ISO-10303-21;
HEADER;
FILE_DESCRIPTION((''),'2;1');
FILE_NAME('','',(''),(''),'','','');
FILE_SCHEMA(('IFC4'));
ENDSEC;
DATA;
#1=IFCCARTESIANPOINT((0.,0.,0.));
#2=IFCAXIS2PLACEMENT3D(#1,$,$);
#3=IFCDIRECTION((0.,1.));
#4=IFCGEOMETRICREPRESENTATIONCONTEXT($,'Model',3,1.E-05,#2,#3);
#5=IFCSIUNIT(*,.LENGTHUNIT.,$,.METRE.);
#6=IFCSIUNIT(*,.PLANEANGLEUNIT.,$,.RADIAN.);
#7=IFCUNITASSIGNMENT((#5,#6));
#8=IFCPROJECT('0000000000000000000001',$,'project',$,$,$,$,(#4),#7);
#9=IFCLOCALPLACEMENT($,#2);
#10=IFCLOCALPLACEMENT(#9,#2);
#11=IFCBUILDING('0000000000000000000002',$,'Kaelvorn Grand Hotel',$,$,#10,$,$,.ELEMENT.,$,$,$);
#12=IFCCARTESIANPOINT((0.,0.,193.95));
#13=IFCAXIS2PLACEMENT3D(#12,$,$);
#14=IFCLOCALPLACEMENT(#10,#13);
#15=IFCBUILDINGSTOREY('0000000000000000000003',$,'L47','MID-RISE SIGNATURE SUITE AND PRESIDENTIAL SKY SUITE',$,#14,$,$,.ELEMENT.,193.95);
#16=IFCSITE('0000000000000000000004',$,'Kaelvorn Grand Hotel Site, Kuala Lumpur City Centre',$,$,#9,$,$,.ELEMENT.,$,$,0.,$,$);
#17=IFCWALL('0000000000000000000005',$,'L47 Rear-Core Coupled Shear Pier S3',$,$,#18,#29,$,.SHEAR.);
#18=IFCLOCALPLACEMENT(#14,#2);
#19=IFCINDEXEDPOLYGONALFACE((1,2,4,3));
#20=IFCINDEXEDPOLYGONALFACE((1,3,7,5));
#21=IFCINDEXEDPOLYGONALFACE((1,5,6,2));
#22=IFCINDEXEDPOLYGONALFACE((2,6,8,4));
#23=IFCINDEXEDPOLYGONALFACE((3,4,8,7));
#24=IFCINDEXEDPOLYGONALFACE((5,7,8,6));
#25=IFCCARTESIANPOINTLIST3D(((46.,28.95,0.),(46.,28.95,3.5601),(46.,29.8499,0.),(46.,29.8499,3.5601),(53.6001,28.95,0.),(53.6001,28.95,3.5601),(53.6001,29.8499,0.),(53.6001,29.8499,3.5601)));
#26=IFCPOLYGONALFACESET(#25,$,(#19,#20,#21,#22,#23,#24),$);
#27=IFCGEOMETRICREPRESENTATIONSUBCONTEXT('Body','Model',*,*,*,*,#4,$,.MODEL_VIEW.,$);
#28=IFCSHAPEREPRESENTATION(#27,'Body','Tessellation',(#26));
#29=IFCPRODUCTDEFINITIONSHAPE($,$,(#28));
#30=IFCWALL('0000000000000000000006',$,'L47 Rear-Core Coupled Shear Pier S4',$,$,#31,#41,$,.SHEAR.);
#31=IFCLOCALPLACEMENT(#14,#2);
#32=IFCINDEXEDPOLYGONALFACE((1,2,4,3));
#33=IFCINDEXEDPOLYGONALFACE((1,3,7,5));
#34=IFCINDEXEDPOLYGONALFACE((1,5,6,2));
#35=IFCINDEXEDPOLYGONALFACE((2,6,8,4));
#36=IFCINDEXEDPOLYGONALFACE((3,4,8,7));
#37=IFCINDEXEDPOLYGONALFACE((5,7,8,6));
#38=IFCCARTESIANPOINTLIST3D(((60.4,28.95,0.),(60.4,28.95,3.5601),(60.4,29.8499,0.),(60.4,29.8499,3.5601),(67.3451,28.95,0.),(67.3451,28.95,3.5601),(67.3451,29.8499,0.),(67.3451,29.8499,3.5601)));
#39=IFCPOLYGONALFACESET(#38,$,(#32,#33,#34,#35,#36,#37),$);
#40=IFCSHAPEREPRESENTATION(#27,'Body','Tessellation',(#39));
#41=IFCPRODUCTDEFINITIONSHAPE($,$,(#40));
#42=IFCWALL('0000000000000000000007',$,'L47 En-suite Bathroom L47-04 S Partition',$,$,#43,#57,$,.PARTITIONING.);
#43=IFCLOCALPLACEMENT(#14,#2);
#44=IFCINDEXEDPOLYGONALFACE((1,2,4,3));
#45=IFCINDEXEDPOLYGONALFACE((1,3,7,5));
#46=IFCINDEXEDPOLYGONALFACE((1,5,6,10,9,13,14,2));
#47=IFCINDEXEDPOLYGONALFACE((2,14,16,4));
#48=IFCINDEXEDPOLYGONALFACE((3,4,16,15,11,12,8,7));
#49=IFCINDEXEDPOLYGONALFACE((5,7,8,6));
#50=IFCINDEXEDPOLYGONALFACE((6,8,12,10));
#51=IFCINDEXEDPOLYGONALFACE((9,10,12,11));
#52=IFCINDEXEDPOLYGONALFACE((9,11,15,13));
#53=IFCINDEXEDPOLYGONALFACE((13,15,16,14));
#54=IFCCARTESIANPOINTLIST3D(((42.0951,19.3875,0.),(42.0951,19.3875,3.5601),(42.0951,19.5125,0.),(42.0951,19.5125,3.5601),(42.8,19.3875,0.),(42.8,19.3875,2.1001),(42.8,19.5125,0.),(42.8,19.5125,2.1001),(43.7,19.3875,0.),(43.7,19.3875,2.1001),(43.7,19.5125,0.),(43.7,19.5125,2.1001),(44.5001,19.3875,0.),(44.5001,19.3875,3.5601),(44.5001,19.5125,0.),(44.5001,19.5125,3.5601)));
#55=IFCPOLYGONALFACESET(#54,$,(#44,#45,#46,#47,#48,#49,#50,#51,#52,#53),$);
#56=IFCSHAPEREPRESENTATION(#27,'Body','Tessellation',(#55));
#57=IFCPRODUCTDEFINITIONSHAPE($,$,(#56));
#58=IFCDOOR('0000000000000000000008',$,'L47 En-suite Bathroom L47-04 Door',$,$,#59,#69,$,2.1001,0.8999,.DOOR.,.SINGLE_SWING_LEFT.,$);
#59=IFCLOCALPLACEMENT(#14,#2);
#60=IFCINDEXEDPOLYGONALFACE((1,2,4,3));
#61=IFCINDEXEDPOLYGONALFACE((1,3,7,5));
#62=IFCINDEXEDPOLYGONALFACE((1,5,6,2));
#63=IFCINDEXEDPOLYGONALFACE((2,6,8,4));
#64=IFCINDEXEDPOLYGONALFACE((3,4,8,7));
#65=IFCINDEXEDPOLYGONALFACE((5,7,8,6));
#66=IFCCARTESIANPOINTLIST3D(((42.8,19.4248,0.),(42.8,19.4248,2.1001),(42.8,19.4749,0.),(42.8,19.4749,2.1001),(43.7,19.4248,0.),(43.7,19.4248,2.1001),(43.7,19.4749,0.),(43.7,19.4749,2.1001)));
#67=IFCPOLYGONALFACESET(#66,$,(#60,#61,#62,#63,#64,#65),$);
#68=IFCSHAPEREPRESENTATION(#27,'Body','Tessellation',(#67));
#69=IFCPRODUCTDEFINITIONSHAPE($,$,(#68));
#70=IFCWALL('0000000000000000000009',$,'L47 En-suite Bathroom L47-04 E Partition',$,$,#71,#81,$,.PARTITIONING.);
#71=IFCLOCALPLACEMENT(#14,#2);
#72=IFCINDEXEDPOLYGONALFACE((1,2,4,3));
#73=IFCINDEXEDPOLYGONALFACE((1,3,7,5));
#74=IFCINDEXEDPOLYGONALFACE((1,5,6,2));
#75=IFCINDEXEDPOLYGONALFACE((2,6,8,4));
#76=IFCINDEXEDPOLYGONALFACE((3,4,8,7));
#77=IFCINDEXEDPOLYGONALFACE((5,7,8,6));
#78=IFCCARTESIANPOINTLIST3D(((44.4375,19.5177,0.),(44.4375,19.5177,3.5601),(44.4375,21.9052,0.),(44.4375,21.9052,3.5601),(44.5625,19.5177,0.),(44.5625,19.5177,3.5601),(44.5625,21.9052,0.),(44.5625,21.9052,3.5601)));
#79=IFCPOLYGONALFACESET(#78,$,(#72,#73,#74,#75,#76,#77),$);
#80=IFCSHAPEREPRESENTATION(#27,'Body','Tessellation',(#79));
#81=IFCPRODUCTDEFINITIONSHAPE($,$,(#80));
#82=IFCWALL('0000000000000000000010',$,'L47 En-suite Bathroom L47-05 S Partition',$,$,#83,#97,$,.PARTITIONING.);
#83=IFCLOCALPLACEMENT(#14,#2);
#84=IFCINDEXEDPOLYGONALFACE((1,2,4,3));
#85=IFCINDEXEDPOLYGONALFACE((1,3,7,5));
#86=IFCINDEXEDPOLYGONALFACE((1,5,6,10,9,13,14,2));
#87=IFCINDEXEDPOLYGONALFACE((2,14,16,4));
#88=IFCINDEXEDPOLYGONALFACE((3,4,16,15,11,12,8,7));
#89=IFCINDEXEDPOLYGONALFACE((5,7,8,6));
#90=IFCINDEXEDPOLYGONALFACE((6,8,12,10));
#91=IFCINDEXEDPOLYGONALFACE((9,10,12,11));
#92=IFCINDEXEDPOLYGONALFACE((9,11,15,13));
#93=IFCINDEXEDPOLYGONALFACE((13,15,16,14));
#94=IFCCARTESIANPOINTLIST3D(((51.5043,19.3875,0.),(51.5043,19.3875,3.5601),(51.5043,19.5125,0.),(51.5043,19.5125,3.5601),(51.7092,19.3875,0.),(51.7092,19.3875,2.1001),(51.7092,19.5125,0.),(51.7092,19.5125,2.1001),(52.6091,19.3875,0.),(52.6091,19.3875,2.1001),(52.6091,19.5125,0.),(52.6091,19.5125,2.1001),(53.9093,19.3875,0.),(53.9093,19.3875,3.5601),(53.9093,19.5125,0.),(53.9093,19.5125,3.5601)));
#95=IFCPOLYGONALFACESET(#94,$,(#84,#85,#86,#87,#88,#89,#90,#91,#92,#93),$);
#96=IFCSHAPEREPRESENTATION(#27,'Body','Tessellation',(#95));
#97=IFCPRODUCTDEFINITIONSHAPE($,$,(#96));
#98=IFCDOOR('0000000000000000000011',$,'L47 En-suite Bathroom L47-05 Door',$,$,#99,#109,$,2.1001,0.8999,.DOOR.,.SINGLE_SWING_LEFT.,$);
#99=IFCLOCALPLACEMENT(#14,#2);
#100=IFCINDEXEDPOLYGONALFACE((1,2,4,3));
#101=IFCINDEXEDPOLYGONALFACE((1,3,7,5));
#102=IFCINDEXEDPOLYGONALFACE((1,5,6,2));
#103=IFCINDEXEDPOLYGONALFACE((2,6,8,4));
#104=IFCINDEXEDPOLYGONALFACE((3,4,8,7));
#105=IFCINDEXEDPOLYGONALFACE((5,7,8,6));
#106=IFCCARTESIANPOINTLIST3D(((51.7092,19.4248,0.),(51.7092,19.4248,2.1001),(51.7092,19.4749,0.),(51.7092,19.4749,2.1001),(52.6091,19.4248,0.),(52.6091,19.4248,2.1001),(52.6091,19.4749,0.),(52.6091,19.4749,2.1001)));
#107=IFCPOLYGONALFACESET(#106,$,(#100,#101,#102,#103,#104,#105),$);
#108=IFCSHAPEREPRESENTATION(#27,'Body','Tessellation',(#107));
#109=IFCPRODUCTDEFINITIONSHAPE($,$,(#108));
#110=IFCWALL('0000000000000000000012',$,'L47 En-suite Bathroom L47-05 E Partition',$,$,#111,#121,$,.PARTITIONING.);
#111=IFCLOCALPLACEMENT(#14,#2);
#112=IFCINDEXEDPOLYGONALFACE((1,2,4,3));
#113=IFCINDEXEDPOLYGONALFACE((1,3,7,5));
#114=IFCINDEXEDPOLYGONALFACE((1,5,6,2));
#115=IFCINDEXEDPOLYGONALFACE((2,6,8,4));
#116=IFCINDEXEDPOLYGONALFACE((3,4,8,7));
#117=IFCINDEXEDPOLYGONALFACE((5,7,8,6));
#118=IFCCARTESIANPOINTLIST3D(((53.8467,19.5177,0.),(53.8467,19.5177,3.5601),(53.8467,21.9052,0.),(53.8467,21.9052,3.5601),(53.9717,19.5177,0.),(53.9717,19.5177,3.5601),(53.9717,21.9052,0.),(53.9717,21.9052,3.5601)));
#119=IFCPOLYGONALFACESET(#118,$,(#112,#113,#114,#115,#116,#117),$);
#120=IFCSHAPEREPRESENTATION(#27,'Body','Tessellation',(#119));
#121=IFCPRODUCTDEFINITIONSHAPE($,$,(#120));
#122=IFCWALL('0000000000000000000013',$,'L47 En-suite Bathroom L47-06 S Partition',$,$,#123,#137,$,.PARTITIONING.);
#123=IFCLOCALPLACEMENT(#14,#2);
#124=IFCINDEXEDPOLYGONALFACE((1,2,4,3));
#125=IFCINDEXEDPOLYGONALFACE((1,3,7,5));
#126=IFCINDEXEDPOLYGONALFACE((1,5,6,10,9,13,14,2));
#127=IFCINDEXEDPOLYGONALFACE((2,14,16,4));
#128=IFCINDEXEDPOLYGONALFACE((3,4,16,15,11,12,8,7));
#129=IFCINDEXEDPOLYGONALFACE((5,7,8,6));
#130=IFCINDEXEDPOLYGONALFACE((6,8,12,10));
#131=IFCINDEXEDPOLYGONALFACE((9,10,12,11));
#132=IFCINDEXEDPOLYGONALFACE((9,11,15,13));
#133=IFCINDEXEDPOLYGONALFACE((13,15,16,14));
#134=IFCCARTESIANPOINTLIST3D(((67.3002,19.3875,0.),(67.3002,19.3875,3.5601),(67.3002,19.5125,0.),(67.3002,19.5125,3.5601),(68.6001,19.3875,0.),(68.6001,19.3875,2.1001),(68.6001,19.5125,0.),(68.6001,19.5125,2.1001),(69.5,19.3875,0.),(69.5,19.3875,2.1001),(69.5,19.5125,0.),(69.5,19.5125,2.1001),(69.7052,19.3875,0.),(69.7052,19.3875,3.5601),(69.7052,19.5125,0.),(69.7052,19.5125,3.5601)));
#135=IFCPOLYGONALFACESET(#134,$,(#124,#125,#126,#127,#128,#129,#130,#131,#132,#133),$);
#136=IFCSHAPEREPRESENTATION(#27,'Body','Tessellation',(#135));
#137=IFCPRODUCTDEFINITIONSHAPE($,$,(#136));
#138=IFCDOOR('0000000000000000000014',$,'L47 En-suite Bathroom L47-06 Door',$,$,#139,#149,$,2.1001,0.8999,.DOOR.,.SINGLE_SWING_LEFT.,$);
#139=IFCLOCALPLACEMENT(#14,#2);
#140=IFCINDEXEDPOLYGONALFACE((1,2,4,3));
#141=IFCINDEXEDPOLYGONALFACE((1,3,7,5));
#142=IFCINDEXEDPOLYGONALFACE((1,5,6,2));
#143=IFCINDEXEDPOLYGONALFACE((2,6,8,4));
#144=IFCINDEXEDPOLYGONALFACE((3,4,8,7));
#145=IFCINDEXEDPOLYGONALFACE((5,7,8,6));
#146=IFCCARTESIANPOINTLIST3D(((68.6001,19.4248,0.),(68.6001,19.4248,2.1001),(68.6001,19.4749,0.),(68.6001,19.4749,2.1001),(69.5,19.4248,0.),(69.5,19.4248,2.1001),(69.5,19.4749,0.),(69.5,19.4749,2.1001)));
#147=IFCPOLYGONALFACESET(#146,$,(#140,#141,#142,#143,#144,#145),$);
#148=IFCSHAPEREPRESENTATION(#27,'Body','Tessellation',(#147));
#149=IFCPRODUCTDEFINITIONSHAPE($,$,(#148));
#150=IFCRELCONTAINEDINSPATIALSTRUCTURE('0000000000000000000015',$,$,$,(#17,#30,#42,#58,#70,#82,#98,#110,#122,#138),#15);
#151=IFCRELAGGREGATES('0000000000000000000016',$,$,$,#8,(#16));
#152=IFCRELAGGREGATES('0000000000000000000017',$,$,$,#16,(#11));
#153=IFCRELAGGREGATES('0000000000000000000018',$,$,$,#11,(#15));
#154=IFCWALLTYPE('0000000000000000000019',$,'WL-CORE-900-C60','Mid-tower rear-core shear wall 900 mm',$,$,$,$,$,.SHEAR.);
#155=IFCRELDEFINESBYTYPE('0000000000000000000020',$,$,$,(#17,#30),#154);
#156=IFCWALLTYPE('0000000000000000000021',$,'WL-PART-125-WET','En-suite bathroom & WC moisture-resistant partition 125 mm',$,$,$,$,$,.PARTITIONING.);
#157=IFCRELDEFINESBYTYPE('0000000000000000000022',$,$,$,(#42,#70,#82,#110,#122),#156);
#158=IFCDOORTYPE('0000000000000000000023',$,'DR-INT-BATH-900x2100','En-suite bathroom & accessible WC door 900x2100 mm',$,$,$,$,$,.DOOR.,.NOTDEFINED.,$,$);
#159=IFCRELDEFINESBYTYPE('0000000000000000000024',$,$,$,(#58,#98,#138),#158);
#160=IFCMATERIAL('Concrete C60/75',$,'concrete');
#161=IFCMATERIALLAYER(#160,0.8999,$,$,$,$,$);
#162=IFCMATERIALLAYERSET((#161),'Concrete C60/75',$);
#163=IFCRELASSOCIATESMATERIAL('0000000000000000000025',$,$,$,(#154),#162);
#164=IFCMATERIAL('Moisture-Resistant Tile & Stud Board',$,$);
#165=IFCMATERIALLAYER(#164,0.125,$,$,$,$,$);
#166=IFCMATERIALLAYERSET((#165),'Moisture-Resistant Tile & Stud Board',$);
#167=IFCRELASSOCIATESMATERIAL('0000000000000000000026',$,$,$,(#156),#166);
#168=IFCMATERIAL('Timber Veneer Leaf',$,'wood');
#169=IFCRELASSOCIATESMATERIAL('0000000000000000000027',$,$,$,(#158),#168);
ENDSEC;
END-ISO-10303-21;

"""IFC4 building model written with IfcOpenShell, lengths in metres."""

from ifc_helpers import new_model, si_unit, direction, frame, frame_2d, origin, place, context, subcontext, project, spatial, rectangle, extrude, material, layer, layer_set, type_object, element, fill, save


model = new_model("IFC4")

# Units and contexts
model_context = context("Model", 3, precision=1e-05, world=origin(), true_north=direction((0.0, 1.0)))
body_context = subcontext(model_context, "Body", "Model", "MODEL_VIEW")
ifc_project = project(units=[si_unit("LENGTHUNIT", "METRE"), si_unit("PLANEANGLEUNIT", "RADIAN")], contexts=[model_context])

# Site, building, storey
site_placement = place(None, origin())
site = spatial("IfcSite", under=ifc_project, at=site_placement, Name="Kaelvorn Grand Hotel Site, Kuala Lumpur City Centre", CompositionType="ELEMENT", RefElevation=0.0)
building_placement = place(site_placement, origin())
building = spatial("IfcBuilding", under=site, at=building_placement, Name="Kaelvorn Grand Hotel", CompositionType="ELEMENT")
storey_placement = place(building_placement, frame((0.0, 0.0, 193.95)))
storey = spatial("IfcBuildingStorey", under=building, at=storey_placement, Name="L47", Description="MID-RISE SIGNATURE SUITE AND PRESIDENTIAL SKY SUITE", CompositionType="ELEMENT", Elevation=193.95)

# Shared definitions
ifc_material_1 = material(Name="Concrete C60/75", Category="concrete")

# Walls
ifc_layer_1 = layer(ifc_material_1, 0.8999)
ifc_layer_set_1 = layer_set([ifc_layer_1], Name="Concrete C60/75")
wall_type_1 = type_object("IfcWallType", Name="WL-CORE-900-C60", Description="Mid-tower rear-core shear wall 900 mm", PredefinedType="SHEAR", material=ifc_layer_set_1)
wall_1_placement = place(storey_placement, frame((46.0, 29.3999, 0.0), z_axis=(0.0, 0.0, 1.0), x_axis=(1.0, 0.0, 0.0)))
element("IfcWall", 1, at=wall_1_placement, inside=storey, type_object=wall_type_1, Name="L47 Rear-Core Coupled Shear Pier S3", PredefinedType="SHEAR", context=body_context, shape_type="SweptSolid", body=[
    extrude(rectangle(XDim=7.6001, YDim=0.8999, at=frame_2d((3.8, 0.0))), origin(), (0.0, 0.0, 1.0), 3.5601),
])
wall_2_placement = place(storey_placement, frame((60.3999, 29.3999, 0.0), z_axis=(0.0, 0.0, 1.0), x_axis=(1.0, 0.0, 0.0)))
element("IfcWall", 2, at=wall_2_placement, inside=storey, type_object=wall_type_1, Name="L47 Rear-Core Coupled Shear Pier S4", PredefinedType="SHEAR", context=body_context, shape_type="SweptSolid", body=[
    extrude(rectangle(XDim=6.9451, YDim=0.8999, at=frame_2d((3.4727, 0.0))), origin(), (0.0, 0.0, 1.0), 3.5601),
])

# Wall, opening, door
ifc_material_2 = material(Name="Moisture-Resistant Tile & Stud Board")
ifc_layer_2 = layer(ifc_material_2, 0.125)
ifc_layer_set_2 = layer_set([ifc_layer_2], Name="Moisture-Resistant Tile & Stud Board")
wall_type_2 = type_object("IfcWallType", Name="WL-PART-125-WET", Description="En-suite bathroom & WC moisture-resistant partition 125 mm", PredefinedType="PARTITIONING", material=ifc_layer_set_2)
wall_3_placement = place(storey_placement, frame((42.095, 19.45, 0.0), z_axis=(0.0, 0.0, 1.0), x_axis=(1.0, 0.0, 0.0)))
wall_3 = element("IfcWall", 3, at=wall_3_placement, inside=storey, type_object=wall_type_2, Name="L47 En-suite Bathroom L47-04 S Partition", PredefinedType="PARTITIONING", context=body_context, shape_type="SweptSolid", body=[
    extrude(rectangle(XDim=2.405, YDim=0.125, at=frame_2d((1.2026, 0.0))), origin(), (0.0, 0.0, 1.0), 3.5601),
])
opening_1_placement = place(wall_3_placement, frame((0.7051, 0.0, 0.0)))
opening_1 = element("IfcOpeningElement", 4, at=opening_1_placement, cuts=wall_3, PredefinedType="OPENING", context=body_context, shape_type="SweptSolid", body=[
    extrude(rectangle(XDim=0.8999, YDim=2.1001, at=frame_2d((0.45, 1.05))), frame((0.0, 0.0725, 0.0), z_axis=(0.0, -1.0, 0.0), x_axis=(1.0, 0.0, 0.0)), (0.0, 0.0, 1.0), 0.145),
])
ifc_material_3 = material(Name="Timber Veneer Leaf", Category="wood")
door_type_1 = type_object("IfcDoorType", Name="DR-INT-BATH-900x2100", Description="En-suite bathroom & accessible WC door 900x2100 mm", OperationType="NOTDEFINED", PredefinedType="DOOR", material=ifc_material_3)
door_1_placement = place(opening_1_placement, origin())
door_1 = element("IfcDoor", 5, at=door_1_placement, inside=storey, type_object=door_type_1, Name="L47 En-suite Bathroom L47-04 Door", OperationType="SINGLE_SWING_LEFT", OverallHeight=2.1001, OverallWidth=0.8999, PredefinedType="DOOR", context=body_context, shape_type="SweptSolid", body=[
    extrude(rectangle(XDim=0.8999, YDim=2.1001, at=frame_2d((0.45, 1.05))), frame((0.0, 0.0249, 0.0), z_axis=(0.0, -1.0, 0.0), x_axis=(1.0, 0.0, 0.0)), (0.0, 0.0, 1.0), 0.05),
])
fill(opening_1, door_1)

# Wall
wall_4_placement = place(storey_placement, frame((44.5, 19.5176, 0.0), z_axis=(0.0, 0.0, 1.0), x_axis=(0.0, 1.0, 0.0)))
element("IfcWall", 6, at=wall_4_placement, inside=storey, type_object=wall_type_2, Name="L47 En-suite Bathroom L47-04 E Partition", PredefinedType="PARTITIONING", context=body_context, shape_type="SweptSolid", body=[
    extrude(rectangle(XDim=2.3875, YDim=0.125, at=frame_2d((1.1938, 0.0))), origin(), (0.0, 0.0, 1.0), 3.5601),
])

# Wall, opening, door
wall_5_placement = place(storey_placement, frame((51.5042, 19.45, 0.0), z_axis=(0.0, 0.0, 1.0), x_axis=(1.0, 0.0, 0.0)))
wall_5 = element("IfcWall", 7, at=wall_5_placement, inside=storey, type_object=wall_type_2, Name="L47 En-suite Bathroom L47-05 S Partition", PredefinedType="PARTITIONING", context=body_context, shape_type="SweptSolid", body=[
    extrude(rectangle(XDim=2.405, YDim=0.125, at=frame_2d((1.2026, 0.0))), origin(), (0.0, 0.0, 1.0), 3.5601),
])
opening_2_placement = place(wall_5_placement, frame((0.2051, 0.0, 0.0)))
opening_2 = element("IfcOpeningElement", 8, at=opening_2_placement, cuts=wall_5, PredefinedType="OPENING", context=body_context, shape_type="SweptSolid", body=[
    extrude(rectangle(XDim=0.8999, YDim=2.1001, at=frame_2d((0.45, 1.05))), frame((0.0, 0.0725, 0.0), z_axis=(0.0, -1.0, 0.0), x_axis=(1.0, 0.0, 0.0)), (0.0, 0.0, 1.0), 0.145),
])
door_2_placement = place(opening_2_placement, origin())
door_2 = element("IfcDoor", 9, at=door_2_placement, inside=storey, type_object=door_type_1, Name="L47 En-suite Bathroom L47-05 Door", OperationType="SINGLE_SWING_LEFT", OverallHeight=2.1001, OverallWidth=0.8999, PredefinedType="DOOR", context=body_context, shape_type="SweptSolid", body=[
    extrude(rectangle(XDim=0.8999, YDim=2.1001, at=frame_2d((0.45, 1.05))), frame((0.0, 0.0249, 0.0), z_axis=(0.0, -1.0, 0.0), x_axis=(1.0, 0.0, 0.0)), (0.0, 0.0, 1.0), 0.05),
])
fill(opening_2, door_2)

# Wall
wall_6_placement = place(storey_placement, frame((53.9092, 19.5176, 0.0), z_axis=(0.0, 0.0, 1.0), x_axis=(0.0, 1.0, 0.0)))
element("IfcWall", 10, at=wall_6_placement, inside=storey, type_object=wall_type_2, Name="L47 En-suite Bathroom L47-05 E Partition", PredefinedType="PARTITIONING", context=body_context, shape_type="SweptSolid", body=[
    extrude(rectangle(XDim=2.3875, YDim=0.125, at=frame_2d((1.1938, 0.0))), origin(), (0.0, 0.0, 1.0), 3.5601),
])

# Wall, opening, door
wall_7_placement = place(storey_placement, frame((67.3, 19.45, 0.0), z_axis=(0.0, 0.0, 1.0), x_axis=(1.0, 0.0, 0.0)))
wall_7 = element("IfcWall", 11, at=wall_7_placement, inside=storey, type_object=wall_type_2, Name="L47 En-suite Bathroom L47-06 S Partition", PredefinedType="PARTITIONING", context=body_context, shape_type="SweptSolid", body=[
    extrude(rectangle(XDim=2.405, YDim=0.125, at=frame_2d((1.2026, 0.0))), origin(), (0.0, 0.0, 1.0), 3.5601),
])
opening_3_placement = place(wall_7_placement, frame((1.3, 0.0, 0.0)))
opening_3 = element("IfcOpeningElement", 12, at=opening_3_placement, cuts=wall_7, PredefinedType="OPENING", context=body_context, shape_type="SweptSolid", body=[
    extrude(rectangle(XDim=0.8999, YDim=2.1001, at=frame_2d((0.45, 1.05))), frame((0.0, 0.0725, 0.0), z_axis=(0.0, -1.0, 0.0), x_axis=(1.0, 0.0, 0.0)), (0.0, 0.0, 1.0), 0.145),
])
door_3_placement = place(opening_3_placement, origin())
door_3 = element("IfcDoor", 13, at=door_3_placement, inside=storey, type_object=door_type_1, Name="L47 En-suite Bathroom L47-06 Door", OperationType="SINGLE_SWING_LEFT", OverallHeight=2.1001, OverallWidth=0.8999, PredefinedType="DOOR", context=body_context, shape_type="SweptSolid", body=[
    extrude(rectangle(XDim=0.8999, YDim=2.1001, at=frame_2d((0.45, 1.05))), frame((0.0, 0.0249, 0.0), z_axis=(0.0, -1.0, 0.0), x_axis=(1.0, 0.0, 0.0)), (0.0, 0.0, 1.0), 0.05),
])
fill(opening_3, door_3)

save(model, "model.ifc")
